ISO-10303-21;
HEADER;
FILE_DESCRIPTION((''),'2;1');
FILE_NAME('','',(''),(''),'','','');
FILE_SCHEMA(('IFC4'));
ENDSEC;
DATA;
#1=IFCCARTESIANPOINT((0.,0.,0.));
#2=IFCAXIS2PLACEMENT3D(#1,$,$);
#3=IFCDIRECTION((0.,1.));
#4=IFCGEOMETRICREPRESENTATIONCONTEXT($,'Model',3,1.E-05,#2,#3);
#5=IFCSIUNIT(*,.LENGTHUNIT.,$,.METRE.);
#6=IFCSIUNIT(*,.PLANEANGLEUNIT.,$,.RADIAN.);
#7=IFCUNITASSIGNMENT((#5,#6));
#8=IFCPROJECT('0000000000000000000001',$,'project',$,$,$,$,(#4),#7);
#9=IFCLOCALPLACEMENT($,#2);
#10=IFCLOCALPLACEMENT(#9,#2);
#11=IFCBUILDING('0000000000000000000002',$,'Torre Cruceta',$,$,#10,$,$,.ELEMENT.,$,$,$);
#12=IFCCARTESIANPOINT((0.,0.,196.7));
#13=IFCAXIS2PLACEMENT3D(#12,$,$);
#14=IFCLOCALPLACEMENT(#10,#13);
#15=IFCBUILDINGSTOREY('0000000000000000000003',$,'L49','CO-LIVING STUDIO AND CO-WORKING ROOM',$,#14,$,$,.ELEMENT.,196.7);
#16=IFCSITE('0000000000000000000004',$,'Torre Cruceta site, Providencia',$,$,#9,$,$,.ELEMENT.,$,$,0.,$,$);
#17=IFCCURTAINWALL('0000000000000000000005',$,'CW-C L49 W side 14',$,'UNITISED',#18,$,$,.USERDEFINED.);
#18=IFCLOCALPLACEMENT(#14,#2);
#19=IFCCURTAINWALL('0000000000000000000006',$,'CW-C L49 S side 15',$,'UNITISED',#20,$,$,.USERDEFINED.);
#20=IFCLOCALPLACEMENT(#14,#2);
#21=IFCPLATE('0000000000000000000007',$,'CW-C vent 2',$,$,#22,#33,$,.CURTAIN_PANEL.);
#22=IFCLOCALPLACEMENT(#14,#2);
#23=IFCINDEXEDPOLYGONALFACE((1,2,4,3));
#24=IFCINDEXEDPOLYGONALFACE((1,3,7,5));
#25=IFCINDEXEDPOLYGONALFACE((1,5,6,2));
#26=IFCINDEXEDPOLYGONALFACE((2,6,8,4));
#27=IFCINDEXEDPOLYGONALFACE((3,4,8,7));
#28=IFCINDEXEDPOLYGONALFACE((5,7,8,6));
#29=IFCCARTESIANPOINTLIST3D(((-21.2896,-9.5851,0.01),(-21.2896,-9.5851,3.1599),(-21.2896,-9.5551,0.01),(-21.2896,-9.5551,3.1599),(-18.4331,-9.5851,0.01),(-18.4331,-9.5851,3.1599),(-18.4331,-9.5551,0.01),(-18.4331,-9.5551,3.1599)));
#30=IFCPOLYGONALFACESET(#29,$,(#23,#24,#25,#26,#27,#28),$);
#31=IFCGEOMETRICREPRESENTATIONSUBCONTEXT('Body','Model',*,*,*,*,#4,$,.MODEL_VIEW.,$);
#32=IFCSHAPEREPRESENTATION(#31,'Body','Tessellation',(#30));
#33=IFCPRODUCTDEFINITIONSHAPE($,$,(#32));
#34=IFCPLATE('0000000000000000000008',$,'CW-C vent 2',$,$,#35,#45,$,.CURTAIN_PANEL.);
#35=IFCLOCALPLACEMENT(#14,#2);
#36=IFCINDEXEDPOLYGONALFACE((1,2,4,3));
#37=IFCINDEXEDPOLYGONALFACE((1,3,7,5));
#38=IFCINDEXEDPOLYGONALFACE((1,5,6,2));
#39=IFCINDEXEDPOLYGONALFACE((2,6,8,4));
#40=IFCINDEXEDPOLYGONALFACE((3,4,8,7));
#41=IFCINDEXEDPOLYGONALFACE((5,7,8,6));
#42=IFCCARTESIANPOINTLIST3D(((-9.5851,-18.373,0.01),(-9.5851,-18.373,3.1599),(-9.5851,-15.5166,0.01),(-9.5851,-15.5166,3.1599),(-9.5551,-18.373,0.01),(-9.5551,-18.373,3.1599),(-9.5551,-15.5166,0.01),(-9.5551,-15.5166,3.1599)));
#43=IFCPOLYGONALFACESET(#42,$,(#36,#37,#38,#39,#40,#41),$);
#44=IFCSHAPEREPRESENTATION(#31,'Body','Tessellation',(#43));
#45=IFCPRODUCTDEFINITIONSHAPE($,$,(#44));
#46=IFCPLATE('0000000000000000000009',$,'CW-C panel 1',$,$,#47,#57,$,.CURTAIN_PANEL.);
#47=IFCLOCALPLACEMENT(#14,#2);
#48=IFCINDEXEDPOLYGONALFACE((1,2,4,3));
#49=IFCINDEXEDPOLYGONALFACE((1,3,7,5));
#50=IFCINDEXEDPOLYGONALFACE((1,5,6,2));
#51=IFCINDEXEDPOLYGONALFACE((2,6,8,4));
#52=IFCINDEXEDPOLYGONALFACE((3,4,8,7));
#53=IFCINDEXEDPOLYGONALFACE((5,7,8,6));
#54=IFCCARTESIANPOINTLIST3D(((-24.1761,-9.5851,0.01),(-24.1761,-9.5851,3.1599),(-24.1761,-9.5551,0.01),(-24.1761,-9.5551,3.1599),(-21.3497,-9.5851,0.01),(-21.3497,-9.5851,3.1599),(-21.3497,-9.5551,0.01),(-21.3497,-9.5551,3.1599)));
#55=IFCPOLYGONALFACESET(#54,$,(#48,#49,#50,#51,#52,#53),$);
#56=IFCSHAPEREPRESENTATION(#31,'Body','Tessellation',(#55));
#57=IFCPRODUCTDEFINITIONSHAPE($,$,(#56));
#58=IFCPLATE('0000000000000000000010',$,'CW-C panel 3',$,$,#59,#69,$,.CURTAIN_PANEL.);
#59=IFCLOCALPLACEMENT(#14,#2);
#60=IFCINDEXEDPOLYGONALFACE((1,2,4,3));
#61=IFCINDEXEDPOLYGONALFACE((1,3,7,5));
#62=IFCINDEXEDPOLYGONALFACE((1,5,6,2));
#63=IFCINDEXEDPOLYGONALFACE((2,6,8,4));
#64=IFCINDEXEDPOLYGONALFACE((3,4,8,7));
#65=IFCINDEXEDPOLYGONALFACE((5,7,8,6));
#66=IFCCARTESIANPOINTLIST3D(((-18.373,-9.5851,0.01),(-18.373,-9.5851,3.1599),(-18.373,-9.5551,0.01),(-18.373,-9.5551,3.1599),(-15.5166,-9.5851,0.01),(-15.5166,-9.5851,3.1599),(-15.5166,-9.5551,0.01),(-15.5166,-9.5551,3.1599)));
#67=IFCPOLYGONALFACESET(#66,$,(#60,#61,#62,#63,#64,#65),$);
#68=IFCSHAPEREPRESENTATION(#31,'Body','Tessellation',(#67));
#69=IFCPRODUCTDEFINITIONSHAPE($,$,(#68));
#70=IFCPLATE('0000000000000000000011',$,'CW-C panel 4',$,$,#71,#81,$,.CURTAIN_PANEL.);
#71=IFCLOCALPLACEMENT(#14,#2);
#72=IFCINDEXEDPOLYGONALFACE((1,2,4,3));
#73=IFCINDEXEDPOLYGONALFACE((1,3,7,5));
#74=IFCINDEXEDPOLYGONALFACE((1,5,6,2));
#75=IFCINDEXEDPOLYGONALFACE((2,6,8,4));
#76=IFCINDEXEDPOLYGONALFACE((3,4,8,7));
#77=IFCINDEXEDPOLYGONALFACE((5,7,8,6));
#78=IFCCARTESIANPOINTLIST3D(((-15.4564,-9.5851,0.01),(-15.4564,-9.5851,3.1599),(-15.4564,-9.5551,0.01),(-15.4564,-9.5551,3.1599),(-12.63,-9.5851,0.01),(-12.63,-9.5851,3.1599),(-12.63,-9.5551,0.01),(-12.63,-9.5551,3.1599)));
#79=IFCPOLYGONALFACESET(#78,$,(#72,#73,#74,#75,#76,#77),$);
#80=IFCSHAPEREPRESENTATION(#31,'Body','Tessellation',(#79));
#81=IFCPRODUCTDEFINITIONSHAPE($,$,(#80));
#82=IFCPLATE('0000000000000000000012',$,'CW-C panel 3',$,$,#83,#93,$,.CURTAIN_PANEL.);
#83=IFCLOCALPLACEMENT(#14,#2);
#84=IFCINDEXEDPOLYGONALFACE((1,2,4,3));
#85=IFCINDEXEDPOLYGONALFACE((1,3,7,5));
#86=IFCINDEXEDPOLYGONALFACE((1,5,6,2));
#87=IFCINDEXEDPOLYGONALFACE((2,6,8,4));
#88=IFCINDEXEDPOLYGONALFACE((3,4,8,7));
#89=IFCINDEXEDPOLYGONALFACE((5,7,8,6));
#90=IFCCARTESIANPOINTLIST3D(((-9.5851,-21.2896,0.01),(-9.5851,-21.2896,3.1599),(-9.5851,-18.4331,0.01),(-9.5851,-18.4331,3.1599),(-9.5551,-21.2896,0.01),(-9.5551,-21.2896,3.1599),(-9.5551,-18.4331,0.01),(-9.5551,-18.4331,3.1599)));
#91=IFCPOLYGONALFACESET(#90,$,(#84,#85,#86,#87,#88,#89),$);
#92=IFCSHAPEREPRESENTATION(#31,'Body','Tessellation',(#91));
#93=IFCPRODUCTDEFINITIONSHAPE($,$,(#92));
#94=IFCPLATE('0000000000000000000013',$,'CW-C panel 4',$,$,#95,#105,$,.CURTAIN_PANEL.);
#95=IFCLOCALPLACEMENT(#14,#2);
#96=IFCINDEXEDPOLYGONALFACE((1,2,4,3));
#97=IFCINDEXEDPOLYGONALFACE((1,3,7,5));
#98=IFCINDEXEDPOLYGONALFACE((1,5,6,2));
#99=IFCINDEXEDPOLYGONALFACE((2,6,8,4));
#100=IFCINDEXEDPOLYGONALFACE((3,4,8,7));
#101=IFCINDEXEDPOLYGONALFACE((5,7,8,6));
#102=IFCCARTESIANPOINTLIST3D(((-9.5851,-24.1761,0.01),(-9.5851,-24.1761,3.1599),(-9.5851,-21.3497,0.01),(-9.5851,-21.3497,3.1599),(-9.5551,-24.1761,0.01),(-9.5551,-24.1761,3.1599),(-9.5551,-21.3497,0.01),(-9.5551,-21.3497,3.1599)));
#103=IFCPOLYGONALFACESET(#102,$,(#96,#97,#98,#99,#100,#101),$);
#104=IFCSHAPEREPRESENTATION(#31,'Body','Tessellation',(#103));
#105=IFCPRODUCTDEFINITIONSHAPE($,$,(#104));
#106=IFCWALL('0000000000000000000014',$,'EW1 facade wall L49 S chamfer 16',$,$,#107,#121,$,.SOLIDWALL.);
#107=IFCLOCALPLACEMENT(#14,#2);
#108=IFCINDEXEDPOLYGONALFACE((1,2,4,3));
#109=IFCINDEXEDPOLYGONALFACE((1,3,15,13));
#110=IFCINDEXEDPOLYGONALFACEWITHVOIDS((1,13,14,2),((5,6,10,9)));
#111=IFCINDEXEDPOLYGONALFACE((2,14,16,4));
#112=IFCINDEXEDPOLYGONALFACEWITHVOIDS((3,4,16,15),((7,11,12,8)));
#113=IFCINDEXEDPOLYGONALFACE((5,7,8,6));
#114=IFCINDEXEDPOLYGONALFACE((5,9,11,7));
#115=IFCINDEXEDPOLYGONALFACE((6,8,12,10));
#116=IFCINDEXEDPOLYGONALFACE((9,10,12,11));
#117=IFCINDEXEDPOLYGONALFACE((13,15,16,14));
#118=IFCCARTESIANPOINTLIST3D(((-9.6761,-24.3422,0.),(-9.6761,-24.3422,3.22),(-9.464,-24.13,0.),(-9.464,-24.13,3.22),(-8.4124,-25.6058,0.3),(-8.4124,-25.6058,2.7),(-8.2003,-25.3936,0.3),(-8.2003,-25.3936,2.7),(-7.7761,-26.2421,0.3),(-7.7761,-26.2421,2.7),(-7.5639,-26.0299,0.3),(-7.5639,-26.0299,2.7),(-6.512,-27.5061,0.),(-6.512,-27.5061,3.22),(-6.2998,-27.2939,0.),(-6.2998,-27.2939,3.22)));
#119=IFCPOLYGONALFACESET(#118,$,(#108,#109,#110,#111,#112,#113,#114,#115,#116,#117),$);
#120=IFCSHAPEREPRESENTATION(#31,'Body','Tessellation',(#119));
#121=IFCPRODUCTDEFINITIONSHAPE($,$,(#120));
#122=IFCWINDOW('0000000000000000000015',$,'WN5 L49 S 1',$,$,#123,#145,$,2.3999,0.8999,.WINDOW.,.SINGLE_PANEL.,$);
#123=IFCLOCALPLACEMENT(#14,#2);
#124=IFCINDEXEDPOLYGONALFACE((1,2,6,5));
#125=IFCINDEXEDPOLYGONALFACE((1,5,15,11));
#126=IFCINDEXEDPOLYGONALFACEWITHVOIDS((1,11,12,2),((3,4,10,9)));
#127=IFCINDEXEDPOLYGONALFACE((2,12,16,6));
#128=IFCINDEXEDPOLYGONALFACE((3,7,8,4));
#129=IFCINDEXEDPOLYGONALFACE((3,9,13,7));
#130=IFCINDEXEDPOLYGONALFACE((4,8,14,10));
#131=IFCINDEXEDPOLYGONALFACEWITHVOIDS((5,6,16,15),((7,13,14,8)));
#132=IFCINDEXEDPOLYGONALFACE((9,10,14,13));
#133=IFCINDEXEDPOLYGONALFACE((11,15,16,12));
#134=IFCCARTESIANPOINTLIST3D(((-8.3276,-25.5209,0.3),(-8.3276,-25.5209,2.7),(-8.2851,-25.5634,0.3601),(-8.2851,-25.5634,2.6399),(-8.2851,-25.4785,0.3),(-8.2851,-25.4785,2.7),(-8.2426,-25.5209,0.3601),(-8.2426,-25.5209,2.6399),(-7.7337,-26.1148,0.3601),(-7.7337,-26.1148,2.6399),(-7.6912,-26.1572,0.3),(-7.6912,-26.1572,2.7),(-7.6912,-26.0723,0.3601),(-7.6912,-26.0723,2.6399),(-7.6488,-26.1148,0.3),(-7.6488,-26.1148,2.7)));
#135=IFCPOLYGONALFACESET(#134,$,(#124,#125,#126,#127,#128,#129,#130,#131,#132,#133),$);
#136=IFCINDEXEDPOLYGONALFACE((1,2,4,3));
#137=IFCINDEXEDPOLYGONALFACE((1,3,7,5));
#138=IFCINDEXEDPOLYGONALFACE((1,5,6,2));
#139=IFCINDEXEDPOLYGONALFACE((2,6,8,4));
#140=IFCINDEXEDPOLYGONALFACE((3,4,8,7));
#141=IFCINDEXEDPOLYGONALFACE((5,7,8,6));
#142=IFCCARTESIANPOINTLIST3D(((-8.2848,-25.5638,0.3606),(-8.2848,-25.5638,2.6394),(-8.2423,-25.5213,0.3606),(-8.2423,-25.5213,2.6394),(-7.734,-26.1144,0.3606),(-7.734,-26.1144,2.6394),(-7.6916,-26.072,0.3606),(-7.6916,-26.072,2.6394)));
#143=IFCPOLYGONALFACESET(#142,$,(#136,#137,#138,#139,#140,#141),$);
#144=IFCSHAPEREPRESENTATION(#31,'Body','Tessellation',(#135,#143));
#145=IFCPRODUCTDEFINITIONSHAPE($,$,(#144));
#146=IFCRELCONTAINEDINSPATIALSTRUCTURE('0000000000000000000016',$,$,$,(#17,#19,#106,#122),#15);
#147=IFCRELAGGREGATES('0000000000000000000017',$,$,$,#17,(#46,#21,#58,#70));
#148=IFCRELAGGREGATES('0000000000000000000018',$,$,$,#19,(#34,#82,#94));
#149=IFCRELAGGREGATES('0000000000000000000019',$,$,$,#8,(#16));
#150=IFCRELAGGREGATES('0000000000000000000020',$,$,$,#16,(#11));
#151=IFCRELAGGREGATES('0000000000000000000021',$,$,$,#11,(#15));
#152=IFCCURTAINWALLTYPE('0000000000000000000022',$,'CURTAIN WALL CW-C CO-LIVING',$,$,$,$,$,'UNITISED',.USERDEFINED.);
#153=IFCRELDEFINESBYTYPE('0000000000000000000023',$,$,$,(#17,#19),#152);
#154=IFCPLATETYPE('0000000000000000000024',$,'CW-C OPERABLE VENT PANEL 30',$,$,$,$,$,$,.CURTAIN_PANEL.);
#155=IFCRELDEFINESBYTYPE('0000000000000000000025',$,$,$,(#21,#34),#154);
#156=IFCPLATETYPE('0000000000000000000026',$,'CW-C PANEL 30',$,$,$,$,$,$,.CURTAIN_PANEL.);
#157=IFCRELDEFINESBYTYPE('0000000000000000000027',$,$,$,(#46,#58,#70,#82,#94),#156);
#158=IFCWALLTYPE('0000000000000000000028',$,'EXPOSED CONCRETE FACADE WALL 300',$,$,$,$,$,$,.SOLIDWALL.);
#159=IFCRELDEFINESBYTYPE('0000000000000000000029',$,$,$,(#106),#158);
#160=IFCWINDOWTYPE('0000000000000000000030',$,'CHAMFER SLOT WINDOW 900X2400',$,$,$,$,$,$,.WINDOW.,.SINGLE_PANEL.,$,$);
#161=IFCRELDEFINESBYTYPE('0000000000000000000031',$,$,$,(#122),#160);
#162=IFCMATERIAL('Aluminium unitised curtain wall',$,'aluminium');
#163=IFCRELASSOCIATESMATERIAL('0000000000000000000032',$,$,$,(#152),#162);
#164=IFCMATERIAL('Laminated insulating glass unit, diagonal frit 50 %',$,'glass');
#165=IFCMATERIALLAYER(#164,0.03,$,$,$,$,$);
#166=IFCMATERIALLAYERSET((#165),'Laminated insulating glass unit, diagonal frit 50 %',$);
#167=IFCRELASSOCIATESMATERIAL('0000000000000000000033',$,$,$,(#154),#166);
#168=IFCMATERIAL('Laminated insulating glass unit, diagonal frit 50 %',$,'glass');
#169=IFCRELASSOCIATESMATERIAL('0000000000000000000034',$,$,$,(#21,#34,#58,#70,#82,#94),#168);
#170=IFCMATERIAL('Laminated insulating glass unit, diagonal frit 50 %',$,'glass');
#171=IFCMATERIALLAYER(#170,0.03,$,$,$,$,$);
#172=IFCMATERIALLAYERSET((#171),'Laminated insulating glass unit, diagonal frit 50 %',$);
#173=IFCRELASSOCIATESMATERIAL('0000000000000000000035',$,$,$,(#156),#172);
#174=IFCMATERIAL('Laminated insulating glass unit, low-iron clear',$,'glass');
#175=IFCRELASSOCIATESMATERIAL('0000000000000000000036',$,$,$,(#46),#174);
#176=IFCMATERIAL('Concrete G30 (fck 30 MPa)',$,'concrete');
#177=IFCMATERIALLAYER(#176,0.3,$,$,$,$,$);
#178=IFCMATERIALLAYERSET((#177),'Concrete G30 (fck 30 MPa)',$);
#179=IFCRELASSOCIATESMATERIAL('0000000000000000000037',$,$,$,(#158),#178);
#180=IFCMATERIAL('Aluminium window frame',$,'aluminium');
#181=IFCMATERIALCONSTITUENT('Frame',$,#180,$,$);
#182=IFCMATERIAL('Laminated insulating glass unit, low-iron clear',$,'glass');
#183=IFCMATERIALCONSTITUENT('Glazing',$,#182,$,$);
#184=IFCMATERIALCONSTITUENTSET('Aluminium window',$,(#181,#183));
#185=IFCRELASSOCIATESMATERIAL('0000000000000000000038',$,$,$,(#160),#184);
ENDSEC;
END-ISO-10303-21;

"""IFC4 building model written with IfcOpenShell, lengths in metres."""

from ifc_helpers import new_model, si_unit, direction, frame, frame_2d, origin, origin_2d, place, context, subcontext, project, spatial, rectangle, hollow_rectangle, extrude, material, layer, layer_set, constituent, constituent_set, type_object, element, fill, aggregate, save


model = new_model("IFC4")

# Units and contexts
model_context = context("Model", 3, precision=1e-05, world=origin(), true_north=direction((0.0, 1.0)))
body_context = subcontext(model_context, "Body", "Model", "MODEL_VIEW")
ifc_project = project(units=[si_unit("LENGTHUNIT", "METRE"), si_unit("PLANEANGLEUNIT", "RADIAN")], contexts=[model_context])

# Site, building, storey
site_placement = place(None, origin())
site = spatial("IfcSite", under=ifc_project, at=site_placement, Name="Torre Cruceta site, Providencia", CompositionType="ELEMENT", RefElevation=0.0)
building_placement = place(site_placement, origin())
building = spatial("IfcBuilding", under=site, at=building_placement, Name="Torre Cruceta", CompositionType="ELEMENT")
storey_placement = place(building_placement, frame((0.0, 0.0, 196.7)))
storey = spatial("IfcBuildingStorey", under=building, at=storey_placement, Name="L49", Description="CO-LIVING STUDIO AND CO-WORKING ROOM", CompositionType="ELEMENT", Elevation=196.7)

# Curtain walls
ifc_material_1 = material(Name="Aluminium unitised curtain wall", Category="aluminium")
curtain_wall_type = type_object("IfcCurtainWallType", Name="CURTAIN WALL CW-C CO-LIVING", ElementType="UNITISED", PredefinedType="USERDEFINED", material=ifc_material_1)
curtain_wall_1_placement = place(storey_placement, origin())
curtain_wall_1 = element("IfcCurtainWall", 1, at=curtain_wall_1_placement, inside=storey, type_object=curtain_wall_type, Name="CW-C L49 W side 14", ObjectType="UNITISED", PredefinedType="USERDEFINED")
curtain_wall_2_placement = place(storey_placement, origin())
curtain_wall_2 = element("IfcCurtainWall", 2, at=curtain_wall_2_placement, inside=storey, type_object=curtain_wall_type, Name="CW-C L49 S side 15", ObjectType="UNITISED", PredefinedType="USERDEFINED")

# Plates
ifc_material_2 = material(Name="Laminated insulating glass unit, diagonal frit 50 %", Category="glass")
ifc_material_3 = material(Name="Laminated insulating glass unit, diagonal frit 50 %", Category="glass")
ifc_layer_1 = layer(ifc_material_3, 0.03)
ifc_layer_set_1 = layer_set([ifc_layer_1], Name="Laminated insulating glass unit, diagonal frit 50 %")
plate_type_1 = type_object("IfcPlateType", Name="CW-C OPERABLE VENT PANEL 30", PredefinedType="CURTAIN_PANEL", material=ifc_layer_set_1)
plate_1_placement = place(storey_placement, frame((-19.8613, -9.5701, 0.01), z_axis=(0.0, 0.0, 1.0), x_axis=(1.0, 0.0, 0.0)))
plate_1 = element("IfcPlate", 3, at=plate_1_placement, type_object=plate_type_1, material=ifc_material_2, Name="CW-C vent 2", PredefinedType="CURTAIN_PANEL", context=body_context, shape_type="SweptSolid", body=[
    extrude(rectangle(XDim=2.8564, YDim=0.03, at=origin_2d()), origin(), (0.0, 0.0, 1.0), 3.1499),
])
plate_2_placement = place(storey_placement, frame((-9.5701, -16.9448, 0.01), z_axis=(0.0, 0.0, 1.0), x_axis=(0.0, -1.0, 0.0)))
plate_2 = element("IfcPlate", 4, at=plate_2_placement, type_object=plate_type_1, material=ifc_material_2, Name="CW-C vent 2", PredefinedType="CURTAIN_PANEL", context=body_context, shape_type="SweptSolid", body=[
    extrude(rectangle(XDim=2.8564, YDim=0.03, at=origin_2d()), origin(), (0.0, 0.0, 1.0), 3.1499),
])
ifc_material_4 = material(Name="Laminated insulating glass unit, low-iron clear", Category="glass")
ifc_material_5 = material(Name="Laminated insulating glass unit, diagonal frit 50 %", Category="glass")
ifc_layer_2 = layer(ifc_material_5, 0.03)
ifc_layer_set_2 = layer_set([ifc_layer_2], Name="Laminated insulating glass unit, diagonal frit 50 %")
plate_type_2 = type_object("IfcPlateType", Name="CW-C PANEL 30", PredefinedType="CURTAIN_PANEL", material=ifc_layer_set_2)
plate_3_placement = place(storey_placement, frame((-22.7629, -9.5701, 0.01), z_axis=(0.0, 0.0, 1.0), x_axis=(1.0, 0.0, 0.0)))
plate_3 = element("IfcPlate", 5, at=plate_3_placement, type_object=plate_type_2, material=ifc_material_4, Name="CW-C panel 1", PredefinedType="CURTAIN_PANEL", context=body_context, shape_type="SweptSolid", body=[
    extrude(rectangle(XDim=2.8264, YDim=0.03, at=origin_2d()), origin(), (0.0, 0.0, 1.0), 3.1499),
])
plate_4_placement = place(storey_placement, frame((-16.9448, -9.5701, 0.01), z_axis=(0.0, 0.0, 1.0), x_axis=(1.0, 0.0, 0.0)))
plate_4 = element("IfcPlate", 6, at=plate_4_placement, type_object=plate_type_2, material=ifc_material_2, Name="CW-C panel 3", PredefinedType="CURTAIN_PANEL", context=body_context, shape_type="SweptSolid", body=[
    extrude(rectangle(XDim=2.8564, YDim=0.03, at=origin_2d()), origin(), (0.0, 0.0, 1.0), 3.1499),
])
plate_5_placement = place(storey_placement, frame((-14.0432, -9.5701, 0.01), z_axis=(0.0, 0.0, 1.0), x_axis=(1.0, 0.0, 0.0)))
plate_5 = element("IfcPlate", 7, at=plate_5_placement, type_object=plate_type_2, material=ifc_material_2, Name="CW-C panel 4", PredefinedType="CURTAIN_PANEL", context=body_context, shape_type="SweptSolid", body=[
    extrude(rectangle(XDim=2.8264, YDim=0.03, at=origin_2d()), origin(), (0.0, 0.0, 1.0), 3.1499),
])
aggregate(curtain_wall_1, [plate_3, plate_1, plate_4, plate_5])
plate_6_placement = place(storey_placement, frame((-9.5701, -19.8613, 0.01), z_axis=(0.0, 0.0, 1.0), x_axis=(0.0, -1.0, 0.0)))
plate_6 = element("IfcPlate", 8, at=plate_6_placement, type_object=plate_type_2, material=ifc_material_2, Name="CW-C panel 3", PredefinedType="CURTAIN_PANEL", context=body_context, shape_type="SweptSolid", body=[
    extrude(rectangle(XDim=2.8564, YDim=0.03, at=origin_2d()), origin(), (0.0, 0.0, 1.0), 3.1499),
])
plate_7_placement = place(storey_placement, frame((-9.5701, -22.7629, 0.01), z_axis=(0.0, 0.0, 1.0), x_axis=(0.0, -1.0, 0.0)))
plate_7 = element("IfcPlate", 9, at=plate_7_placement, type_object=plate_type_2, material=ifc_material_2, Name="CW-C panel 4", PredefinedType="CURTAIN_PANEL", context=body_context, shape_type="SweptSolid", body=[
    extrude(rectangle(XDim=2.8264, YDim=0.03, at=origin_2d()), origin(), (0.0, 0.0, 1.0), 3.1499),
])
aggregate(curtain_wall_2, [plate_2, plate_6, plate_7])

# Wall, opening, window
ifc_material_6 = material(Name="Concrete G30 (fck 30 MPa)", Category="concrete")
ifc_layer_3 = layer(ifc_material_6, 0.3)
ifc_layer_set_3 = layer_set([ifc_layer_3], Name="Concrete G30 (fck 30 MPa)")
wall_type = type_object("IfcWallType", Name="EXPOSED CONCRETE FACADE WALL 300", PredefinedType="SOLIDWALL", material=ifc_layer_set_3)
wall_placement = place(storey_placement, frame((-9.5701, -24.2361, 0.0), z_axis=(0.0, 0.0, 1.0), x_axis=(0.707134, -0.707079, 0.0)))
wall = element("IfcWall", 10, at=wall_placement, inside=storey, type_object=wall_type, Name="EW1 facade wall L49 S chamfer 16", PredefinedType="SOLIDWALL", context=body_context, shape_type="SweptSolid", body=[
    extrude(rectangle(XDim=4.4746, YDim=0.3, at=frame_2d((2.2373, 0.0))), origin(), (0.0, 0.0, 1.0), 3.22),
])
opening_placement = place(wall_placement, frame((1.7871, 0.0, 0.3)))
opening = element("IfcOpeningElement", 11, at=opening_placement, cuts=wall, PredefinedType="OPENING", context=body_context, shape_type="SweptSolid", body=[
    extrude(rectangle(XDim=0.8999, YDim=2.3999, at=frame_2d((0.45, 1.2))), frame((0.0, 0.1599, 0.0), z_axis=(0.0, -1.0, 0.0), x_axis=(1.0, 0.0, 0.0)), (0.0, 0.0, 1.0), 0.3201),
])
ifc_material_7 = material(Name="Aluminium window frame", Category="aluminium")
ifc_constituent_1 = constituent(ifc_material_7, Name="Frame")
ifc_material_8 = material(Name="Laminated insulating glass unit, low-iron clear", Category="glass")
ifc_constituent_2 = constituent(ifc_material_8, Name="Glazing")
ifc_constituent_set = constituent_set(constituents=[ifc_constituent_1, ifc_constituent_2], Name="Aluminium window")
window_type = type_object("IfcWindowType", Name="CHAMFER SLOT WINDOW 900X2400", PartitioningType="SINGLE_PANEL", PredefinedType="WINDOW", material=ifc_constituent_set)
window_placement = place(opening_placement, origin())
window = element("IfcWindow", 12, at=window_placement, inside=storey, type_object=window_type, Name="WN5 L49 S 1", OverallHeight=2.3999, OverallWidth=0.8999, PartitioningType="SINGLE_PANEL", PredefinedType="WINDOW", context=body_context, shape_type="SweptSolid", body=[
    extrude(hollow_rectangle(XDim=0.8999, YDim=2.3999, WallThickness=0.0601, at=frame_2d((0.45, 1.2))), frame((0.0, 0.03, 0.0), z_axis=(0.0, -1.0, 0.0), x_axis=(1.0, 0.0, 0.0)), (0.0, 0.0, 1.0), 0.0601),
    extrude(rectangle(XDim=0.7788, YDim=2.2788, at=frame_2d((0.45, 1.2))), frame((0.0, 0.03, 0.0), z_axis=(0.0, -1.0, 0.0), x_axis=(1.0, 0.0, 0.0)), (0.0, 0.0, 1.0), 0.0601),
])
fill(opening, window)

save(model, "model.ifc")
